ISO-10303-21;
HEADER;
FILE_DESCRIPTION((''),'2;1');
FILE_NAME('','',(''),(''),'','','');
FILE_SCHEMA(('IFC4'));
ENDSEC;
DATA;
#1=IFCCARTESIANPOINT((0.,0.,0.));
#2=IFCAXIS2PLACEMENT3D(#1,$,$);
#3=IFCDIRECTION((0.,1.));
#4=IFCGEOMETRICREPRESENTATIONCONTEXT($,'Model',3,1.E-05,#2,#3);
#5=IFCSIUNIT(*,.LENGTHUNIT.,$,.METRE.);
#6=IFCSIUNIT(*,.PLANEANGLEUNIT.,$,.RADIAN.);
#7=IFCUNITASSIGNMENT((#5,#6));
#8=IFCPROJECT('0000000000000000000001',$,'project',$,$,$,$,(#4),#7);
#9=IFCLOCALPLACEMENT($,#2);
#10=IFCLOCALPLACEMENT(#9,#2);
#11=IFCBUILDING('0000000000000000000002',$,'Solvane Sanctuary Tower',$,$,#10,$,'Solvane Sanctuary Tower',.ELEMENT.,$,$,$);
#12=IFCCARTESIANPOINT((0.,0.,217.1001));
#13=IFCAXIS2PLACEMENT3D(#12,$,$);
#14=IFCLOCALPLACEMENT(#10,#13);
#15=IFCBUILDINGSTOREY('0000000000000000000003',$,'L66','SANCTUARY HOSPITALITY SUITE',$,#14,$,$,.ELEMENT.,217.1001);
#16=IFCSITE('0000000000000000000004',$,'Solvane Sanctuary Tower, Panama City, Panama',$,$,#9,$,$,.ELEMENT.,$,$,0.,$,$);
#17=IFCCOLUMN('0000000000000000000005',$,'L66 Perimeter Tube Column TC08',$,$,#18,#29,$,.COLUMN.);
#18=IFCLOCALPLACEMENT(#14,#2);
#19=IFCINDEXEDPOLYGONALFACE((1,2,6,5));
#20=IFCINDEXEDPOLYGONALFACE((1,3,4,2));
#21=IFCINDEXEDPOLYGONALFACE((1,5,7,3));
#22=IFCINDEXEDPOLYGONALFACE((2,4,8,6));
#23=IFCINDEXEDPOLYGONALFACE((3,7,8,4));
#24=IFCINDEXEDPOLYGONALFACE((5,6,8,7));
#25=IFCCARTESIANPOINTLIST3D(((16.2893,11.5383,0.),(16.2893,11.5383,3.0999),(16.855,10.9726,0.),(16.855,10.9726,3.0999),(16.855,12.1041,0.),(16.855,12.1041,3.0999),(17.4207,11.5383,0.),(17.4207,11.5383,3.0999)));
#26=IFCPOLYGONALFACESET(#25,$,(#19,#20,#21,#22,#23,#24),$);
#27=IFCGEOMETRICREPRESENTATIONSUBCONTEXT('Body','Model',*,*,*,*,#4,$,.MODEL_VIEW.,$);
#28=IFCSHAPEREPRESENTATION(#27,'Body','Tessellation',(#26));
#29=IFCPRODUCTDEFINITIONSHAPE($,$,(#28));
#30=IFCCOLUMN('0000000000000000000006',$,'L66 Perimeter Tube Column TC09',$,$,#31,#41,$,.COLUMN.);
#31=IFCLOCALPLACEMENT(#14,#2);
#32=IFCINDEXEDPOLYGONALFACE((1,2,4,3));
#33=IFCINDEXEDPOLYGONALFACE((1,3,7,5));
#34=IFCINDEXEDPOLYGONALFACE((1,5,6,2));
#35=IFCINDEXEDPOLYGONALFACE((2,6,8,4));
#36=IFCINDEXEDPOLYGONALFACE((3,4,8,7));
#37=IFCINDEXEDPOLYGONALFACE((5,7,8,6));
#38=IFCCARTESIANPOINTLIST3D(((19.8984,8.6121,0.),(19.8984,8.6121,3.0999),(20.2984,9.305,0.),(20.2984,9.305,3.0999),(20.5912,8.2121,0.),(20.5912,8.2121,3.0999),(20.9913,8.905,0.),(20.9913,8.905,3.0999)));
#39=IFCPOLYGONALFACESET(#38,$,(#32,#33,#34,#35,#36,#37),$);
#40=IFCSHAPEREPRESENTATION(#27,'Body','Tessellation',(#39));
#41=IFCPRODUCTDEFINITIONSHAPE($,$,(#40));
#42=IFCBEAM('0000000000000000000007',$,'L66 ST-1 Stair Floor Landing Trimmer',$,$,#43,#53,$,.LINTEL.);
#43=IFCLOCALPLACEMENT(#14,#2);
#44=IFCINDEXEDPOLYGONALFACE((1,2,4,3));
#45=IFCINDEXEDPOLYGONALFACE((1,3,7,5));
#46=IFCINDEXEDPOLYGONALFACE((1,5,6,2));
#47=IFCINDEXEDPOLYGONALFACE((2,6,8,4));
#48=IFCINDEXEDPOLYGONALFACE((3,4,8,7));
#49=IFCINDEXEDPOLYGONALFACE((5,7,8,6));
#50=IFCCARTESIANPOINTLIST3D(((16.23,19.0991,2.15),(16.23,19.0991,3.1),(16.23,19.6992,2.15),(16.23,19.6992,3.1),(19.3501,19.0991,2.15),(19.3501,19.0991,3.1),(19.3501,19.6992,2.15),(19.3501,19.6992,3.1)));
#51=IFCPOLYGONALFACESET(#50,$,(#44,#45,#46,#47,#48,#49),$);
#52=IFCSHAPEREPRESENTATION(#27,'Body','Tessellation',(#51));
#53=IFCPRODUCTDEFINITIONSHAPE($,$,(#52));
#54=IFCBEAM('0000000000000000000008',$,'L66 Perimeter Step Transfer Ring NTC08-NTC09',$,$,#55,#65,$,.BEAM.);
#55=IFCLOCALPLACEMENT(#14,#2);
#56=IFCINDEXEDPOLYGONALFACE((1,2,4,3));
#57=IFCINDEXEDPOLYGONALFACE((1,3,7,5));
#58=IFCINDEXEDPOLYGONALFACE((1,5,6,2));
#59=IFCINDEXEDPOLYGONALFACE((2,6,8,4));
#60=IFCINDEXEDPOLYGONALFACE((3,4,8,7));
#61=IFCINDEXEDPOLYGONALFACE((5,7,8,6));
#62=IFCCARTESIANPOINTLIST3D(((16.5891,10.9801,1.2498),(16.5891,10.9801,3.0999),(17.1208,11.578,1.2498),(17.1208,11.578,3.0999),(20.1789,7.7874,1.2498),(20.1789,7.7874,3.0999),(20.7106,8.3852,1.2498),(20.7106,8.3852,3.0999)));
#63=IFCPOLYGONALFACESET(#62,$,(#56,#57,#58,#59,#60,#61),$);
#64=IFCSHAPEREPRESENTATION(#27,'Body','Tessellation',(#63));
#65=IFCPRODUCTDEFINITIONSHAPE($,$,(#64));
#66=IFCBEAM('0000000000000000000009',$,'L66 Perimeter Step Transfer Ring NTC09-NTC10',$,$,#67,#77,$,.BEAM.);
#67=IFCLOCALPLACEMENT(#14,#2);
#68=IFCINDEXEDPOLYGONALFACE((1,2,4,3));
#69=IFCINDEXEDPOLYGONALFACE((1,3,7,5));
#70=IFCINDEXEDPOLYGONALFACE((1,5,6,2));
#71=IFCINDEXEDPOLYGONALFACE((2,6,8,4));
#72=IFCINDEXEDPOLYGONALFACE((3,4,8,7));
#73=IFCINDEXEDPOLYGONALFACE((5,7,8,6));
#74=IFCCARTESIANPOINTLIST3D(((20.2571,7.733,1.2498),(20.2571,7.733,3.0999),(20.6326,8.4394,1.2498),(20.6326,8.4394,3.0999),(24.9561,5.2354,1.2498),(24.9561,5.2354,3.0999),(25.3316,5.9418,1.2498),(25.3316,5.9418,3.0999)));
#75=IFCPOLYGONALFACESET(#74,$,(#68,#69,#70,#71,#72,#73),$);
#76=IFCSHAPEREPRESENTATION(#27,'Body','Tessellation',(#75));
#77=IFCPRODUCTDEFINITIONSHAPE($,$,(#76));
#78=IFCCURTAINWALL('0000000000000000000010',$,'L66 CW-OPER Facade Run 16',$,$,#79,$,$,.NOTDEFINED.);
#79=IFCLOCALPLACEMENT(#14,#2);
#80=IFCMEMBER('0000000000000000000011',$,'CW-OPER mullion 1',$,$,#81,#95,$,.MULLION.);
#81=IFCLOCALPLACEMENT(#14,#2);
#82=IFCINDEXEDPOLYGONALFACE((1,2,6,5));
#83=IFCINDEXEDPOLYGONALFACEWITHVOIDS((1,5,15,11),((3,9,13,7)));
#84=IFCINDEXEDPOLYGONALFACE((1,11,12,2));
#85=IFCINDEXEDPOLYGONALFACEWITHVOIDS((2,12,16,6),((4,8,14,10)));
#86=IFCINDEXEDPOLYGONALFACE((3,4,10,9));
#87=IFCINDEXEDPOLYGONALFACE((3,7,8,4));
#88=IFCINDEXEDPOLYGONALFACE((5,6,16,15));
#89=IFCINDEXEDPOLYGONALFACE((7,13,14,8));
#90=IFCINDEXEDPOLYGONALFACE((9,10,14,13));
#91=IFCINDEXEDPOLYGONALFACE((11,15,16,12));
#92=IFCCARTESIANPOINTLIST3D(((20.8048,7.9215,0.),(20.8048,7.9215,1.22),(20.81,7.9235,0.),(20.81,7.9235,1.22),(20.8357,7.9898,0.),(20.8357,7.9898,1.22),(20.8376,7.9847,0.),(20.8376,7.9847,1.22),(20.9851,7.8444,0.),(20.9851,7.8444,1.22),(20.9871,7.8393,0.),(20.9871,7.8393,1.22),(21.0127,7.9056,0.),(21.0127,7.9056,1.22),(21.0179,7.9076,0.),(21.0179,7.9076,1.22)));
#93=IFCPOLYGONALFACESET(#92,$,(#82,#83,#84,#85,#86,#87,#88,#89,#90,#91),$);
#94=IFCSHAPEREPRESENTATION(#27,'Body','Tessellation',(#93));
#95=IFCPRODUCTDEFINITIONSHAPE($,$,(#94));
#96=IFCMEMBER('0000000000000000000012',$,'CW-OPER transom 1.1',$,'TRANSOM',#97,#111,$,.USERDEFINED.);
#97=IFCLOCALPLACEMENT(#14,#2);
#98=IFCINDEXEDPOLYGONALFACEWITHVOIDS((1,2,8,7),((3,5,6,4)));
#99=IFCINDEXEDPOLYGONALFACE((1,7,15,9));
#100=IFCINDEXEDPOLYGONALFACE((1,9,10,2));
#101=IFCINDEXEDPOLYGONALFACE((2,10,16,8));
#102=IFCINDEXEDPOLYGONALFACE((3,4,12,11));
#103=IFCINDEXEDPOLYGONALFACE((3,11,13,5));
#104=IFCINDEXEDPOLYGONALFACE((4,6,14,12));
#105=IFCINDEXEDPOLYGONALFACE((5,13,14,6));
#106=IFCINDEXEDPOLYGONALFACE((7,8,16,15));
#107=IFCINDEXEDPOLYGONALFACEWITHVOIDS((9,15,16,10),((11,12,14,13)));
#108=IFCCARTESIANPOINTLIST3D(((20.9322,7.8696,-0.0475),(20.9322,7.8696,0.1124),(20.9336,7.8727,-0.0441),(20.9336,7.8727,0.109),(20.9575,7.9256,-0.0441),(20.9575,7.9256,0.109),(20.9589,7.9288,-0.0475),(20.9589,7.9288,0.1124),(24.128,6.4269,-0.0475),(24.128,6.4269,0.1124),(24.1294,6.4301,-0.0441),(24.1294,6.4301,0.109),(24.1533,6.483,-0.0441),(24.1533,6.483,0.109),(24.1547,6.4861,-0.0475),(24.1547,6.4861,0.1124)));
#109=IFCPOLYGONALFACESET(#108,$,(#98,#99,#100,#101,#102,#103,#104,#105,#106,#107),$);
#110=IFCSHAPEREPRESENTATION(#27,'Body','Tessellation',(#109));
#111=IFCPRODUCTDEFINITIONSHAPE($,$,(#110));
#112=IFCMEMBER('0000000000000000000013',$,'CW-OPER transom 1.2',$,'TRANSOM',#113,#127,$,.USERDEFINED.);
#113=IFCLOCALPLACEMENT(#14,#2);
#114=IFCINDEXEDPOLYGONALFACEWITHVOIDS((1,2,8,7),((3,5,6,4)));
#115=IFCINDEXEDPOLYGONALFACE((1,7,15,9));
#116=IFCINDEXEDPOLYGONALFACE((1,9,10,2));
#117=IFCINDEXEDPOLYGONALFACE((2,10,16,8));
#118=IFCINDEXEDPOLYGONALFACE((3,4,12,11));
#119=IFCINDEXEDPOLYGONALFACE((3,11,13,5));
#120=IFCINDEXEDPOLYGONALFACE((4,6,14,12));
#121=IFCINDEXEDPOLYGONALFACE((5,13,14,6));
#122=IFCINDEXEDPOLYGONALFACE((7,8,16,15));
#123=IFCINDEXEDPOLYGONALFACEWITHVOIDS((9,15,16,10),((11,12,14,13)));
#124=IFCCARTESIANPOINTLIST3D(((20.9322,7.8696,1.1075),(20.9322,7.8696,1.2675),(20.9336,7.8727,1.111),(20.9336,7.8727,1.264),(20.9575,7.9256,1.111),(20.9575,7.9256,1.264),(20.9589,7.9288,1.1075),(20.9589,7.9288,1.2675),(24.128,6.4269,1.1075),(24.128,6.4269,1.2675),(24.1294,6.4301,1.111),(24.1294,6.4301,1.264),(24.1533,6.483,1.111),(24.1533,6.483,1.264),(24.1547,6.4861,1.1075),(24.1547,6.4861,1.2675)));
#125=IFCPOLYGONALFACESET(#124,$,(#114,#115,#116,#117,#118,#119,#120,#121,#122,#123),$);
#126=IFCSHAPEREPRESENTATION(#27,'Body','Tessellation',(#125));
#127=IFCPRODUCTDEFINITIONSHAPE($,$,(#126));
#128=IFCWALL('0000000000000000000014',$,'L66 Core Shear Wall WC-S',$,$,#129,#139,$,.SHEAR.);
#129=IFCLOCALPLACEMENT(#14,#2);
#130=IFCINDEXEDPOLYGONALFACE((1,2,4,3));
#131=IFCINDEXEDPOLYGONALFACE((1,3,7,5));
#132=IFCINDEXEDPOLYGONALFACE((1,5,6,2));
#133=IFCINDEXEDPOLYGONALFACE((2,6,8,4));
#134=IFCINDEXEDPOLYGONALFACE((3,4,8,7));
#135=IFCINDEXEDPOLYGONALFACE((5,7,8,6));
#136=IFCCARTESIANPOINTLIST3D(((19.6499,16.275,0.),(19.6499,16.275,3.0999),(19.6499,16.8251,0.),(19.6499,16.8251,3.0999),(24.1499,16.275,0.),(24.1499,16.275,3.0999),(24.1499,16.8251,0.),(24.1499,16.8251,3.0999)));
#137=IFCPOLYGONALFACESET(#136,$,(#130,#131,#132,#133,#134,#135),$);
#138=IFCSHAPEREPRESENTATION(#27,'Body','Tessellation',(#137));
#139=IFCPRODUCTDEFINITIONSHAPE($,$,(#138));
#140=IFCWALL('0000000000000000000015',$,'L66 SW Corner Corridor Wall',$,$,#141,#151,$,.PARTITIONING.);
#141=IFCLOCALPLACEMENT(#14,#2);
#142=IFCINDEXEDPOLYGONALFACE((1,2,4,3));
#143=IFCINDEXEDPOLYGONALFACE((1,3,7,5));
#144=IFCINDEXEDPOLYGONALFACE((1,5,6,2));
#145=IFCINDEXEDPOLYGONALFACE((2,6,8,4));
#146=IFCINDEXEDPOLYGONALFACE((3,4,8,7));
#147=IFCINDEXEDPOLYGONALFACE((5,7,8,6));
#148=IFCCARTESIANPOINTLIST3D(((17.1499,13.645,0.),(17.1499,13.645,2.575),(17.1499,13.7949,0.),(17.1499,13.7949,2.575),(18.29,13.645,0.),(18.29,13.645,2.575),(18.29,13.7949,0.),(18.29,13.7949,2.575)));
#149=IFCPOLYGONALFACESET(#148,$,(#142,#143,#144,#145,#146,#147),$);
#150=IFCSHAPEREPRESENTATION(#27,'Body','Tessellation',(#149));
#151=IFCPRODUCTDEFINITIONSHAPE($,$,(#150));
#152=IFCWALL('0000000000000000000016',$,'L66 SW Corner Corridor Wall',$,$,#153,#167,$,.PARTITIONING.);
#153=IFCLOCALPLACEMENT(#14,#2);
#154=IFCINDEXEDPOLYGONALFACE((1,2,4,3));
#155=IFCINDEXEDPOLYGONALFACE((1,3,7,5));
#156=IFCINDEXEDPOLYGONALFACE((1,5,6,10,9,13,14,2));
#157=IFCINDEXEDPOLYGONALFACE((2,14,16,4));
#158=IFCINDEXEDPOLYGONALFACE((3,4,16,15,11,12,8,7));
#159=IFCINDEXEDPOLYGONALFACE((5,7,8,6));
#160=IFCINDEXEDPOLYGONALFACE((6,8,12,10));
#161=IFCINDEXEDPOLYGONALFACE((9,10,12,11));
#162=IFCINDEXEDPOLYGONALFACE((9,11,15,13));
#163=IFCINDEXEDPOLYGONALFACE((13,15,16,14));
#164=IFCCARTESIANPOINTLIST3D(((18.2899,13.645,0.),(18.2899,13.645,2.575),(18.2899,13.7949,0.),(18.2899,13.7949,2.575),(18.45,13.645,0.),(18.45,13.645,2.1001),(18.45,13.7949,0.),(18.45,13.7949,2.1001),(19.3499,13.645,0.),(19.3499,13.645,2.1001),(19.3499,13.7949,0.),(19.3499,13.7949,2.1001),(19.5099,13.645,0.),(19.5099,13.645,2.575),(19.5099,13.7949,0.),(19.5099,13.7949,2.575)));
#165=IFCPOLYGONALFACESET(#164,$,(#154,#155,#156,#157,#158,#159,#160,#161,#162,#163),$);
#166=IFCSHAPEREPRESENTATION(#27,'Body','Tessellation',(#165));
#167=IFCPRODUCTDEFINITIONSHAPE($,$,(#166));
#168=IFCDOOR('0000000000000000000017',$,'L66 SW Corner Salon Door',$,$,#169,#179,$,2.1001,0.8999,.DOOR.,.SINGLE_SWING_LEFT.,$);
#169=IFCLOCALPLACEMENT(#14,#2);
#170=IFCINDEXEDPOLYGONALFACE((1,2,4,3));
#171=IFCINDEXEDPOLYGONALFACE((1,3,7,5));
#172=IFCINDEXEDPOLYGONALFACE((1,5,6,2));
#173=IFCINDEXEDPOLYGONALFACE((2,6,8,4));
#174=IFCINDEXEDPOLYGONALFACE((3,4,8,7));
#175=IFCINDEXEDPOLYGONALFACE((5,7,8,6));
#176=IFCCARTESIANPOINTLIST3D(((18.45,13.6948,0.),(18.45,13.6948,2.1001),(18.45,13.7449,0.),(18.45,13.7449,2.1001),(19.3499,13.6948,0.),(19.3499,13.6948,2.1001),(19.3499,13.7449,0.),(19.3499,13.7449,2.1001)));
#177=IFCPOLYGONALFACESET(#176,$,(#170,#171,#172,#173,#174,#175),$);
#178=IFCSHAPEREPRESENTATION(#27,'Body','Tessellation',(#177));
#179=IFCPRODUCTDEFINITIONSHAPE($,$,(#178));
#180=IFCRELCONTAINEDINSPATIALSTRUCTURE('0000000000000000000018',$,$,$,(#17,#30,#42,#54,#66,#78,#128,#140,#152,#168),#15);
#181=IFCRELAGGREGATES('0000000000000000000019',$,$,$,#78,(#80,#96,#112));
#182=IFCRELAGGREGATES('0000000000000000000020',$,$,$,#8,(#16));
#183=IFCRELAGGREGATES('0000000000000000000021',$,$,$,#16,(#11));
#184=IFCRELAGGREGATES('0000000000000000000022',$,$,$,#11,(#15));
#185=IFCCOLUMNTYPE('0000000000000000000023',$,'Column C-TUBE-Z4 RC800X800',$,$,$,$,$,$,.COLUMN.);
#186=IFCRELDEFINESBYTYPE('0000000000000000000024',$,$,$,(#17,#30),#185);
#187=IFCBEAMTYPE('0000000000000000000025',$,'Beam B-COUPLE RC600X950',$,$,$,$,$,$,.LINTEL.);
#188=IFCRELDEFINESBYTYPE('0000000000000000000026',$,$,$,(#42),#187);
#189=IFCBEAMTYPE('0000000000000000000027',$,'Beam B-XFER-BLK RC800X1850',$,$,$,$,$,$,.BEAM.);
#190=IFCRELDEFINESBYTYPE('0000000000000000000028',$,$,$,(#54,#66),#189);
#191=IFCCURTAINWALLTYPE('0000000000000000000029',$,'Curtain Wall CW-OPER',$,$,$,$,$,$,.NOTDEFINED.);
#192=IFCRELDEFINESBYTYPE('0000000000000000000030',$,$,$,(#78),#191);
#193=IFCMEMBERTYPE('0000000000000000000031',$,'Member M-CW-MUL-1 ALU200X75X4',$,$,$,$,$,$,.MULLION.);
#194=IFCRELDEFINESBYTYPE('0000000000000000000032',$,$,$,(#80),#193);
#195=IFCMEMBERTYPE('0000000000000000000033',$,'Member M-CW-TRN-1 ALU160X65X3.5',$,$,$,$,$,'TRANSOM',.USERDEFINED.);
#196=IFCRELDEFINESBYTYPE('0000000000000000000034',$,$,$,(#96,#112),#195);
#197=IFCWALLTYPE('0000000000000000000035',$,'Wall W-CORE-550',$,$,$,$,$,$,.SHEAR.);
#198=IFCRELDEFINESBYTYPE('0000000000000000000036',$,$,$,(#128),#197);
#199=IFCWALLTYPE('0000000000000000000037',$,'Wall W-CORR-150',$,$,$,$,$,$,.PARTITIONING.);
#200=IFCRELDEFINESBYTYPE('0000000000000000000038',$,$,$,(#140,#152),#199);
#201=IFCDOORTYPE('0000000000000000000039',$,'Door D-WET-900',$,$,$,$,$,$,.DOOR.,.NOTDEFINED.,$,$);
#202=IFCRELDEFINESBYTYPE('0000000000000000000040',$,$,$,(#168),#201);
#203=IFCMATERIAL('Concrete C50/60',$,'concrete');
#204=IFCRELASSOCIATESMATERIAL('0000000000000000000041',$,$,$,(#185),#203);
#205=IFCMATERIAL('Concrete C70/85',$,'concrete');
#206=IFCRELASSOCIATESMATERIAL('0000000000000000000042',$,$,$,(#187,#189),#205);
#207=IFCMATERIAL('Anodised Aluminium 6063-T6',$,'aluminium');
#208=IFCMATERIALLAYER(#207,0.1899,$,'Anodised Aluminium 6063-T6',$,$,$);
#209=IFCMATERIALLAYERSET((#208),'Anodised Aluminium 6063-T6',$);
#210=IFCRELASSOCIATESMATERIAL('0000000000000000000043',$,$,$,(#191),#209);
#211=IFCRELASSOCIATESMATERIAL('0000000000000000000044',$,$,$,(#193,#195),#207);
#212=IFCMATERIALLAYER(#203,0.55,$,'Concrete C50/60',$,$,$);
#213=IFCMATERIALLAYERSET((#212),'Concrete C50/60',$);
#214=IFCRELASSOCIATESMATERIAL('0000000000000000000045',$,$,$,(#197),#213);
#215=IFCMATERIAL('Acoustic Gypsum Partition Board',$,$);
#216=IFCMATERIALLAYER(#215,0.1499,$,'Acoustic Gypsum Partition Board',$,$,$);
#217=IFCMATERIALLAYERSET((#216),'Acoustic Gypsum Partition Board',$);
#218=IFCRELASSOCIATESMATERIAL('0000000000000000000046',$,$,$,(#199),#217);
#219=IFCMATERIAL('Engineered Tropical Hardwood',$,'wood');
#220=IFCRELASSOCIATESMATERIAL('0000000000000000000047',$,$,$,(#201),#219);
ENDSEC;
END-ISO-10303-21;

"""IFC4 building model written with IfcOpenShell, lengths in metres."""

from ifc_helpers import new_model, si_unit, direction, frame, frame_2d, origin, origin_2d, place, context, subcontext, project, spatial, rectangle, hollow_rectangle, extrude, material, layer, layer_set, material_profile, profile_set, type_object, element, fill, aggregate, save


model = new_model("IFC4")

# Units and contexts
model_context = context("Model", 3, precision=1e-05, world=origin(), true_north=direction((0.0, 1.0)))
body_context = subcontext(model_context, "Body", "Model", "MODEL_VIEW")
ifc_project = project(units=[si_unit("LENGTHUNIT", "METRE"), si_unit("PLANEANGLEUNIT", "RADIAN")], contexts=[model_context])

# Site, building, storey
site_placement = place(None, origin())
site = spatial("IfcSite", under=ifc_project, at=site_placement, Name="Solvane Sanctuary Tower, Panama City, Panama", CompositionType="ELEMENT", RefElevation=0.0)
building_placement = place(site_placement, origin())
building = spatial("IfcBuilding", under=site, at=building_placement, Name="Solvane Sanctuary Tower", LongName="Solvane Sanctuary Tower", CompositionType="ELEMENT")
storey_placement = place(building_placement, frame((0.0, 0.0, 217.1001)))
storey = spatial("IfcBuildingStorey", under=building, at=storey_placement, Name="L66", Description="SANCTUARY HOSPITALITY SUITE", CompositionType="ELEMENT", Elevation=217.1001)

# Columns
ifc_material_1 = material(Name="Concrete C50/60", Category="concrete")
ifc_material_profile_1 = material_profile(ifc_material_1, rectangle(XDim=0.8, YDim=0.8, at=origin_2d()), Name="RC800X800")
ifc_profile_set_1 = profile_set([ifc_material_profile_1], Name="Concrete C50/60")
column_type = type_object("IfcColumnType", Name="Column C-TUBE-Z4 RC800X800", PredefinedType="COLUMN", material=ifc_profile_set_1)
for number, where, z_axis, x_axis, name in (
    (1, (16.855, 11.5383, 0.0), (0.0, 0.0, 1.0), (-0.707107, -0.707107, 0.0), "L66 Perimeter Tube Column TC08"),
    (2, (20.4448, 8.7585, 0.0), (0.0, 0.0, 1.0), (-0.5, -0.866025, 0.0), "L66 Perimeter Tube Column TC09"),
):
    element("IfcColumn", number, at=place(storey_placement, frame(where, z_axis=z_axis, x_axis=x_axis)), inside=storey, type_object=column_type, Name=name, PredefinedType="COLUMN", context=body_context, shape_type="SweptSolid", body=[
        extrude(rectangle(XDim=0.8, YDim=0.8, at=origin_2d()), origin(), (0.0, 0.0, 1.0), 3.0999),
    ])

# Beams
ifc_material_2 = material(Name="Concrete C70/85", Category="concrete")
ifc_material_profile_2 = material_profile(ifc_material_2, rectangle(XDim=0.6001, YDim=0.95, at=origin_2d()), Name="RC600X950")
ifc_profile_set_2 = profile_set([ifc_material_profile_2], Name="Concrete C70/85")
beam_type_1 = type_object("IfcBeamType", Name="Beam B-COUPLE RC600X950", PredefinedType="LINTEL", material=ifc_profile_set_2)
beam_1_placement = place(storey_placement, frame((16.23, 19.3992, 2.625), z_axis=(1.0, 0.0, 0.0), x_axis=(0.0, 1.0, 0.0)))
element("IfcBeam", 3, at=beam_1_placement, inside=storey, type_object=beam_type_1, Name="L66 ST-1 Stair Floor Landing Trimmer", PredefinedType="LINTEL", context=body_context, shape_type="SweptSolid", body=[
    extrude(rectangle(XDim=0.6001, YDim=0.95, at=origin_2d()), origin(), (0.0, 0.0, 1.0), 3.1201),
])
ifc_material_profile_3 = material_profile(ifc_material_2, rectangle(XDim=0.8, YDim=1.8501, at=origin_2d()), Name="RC800X1850")
ifc_profile_set_3 = profile_set([ifc_material_profile_3], Name="Concrete C70/85")
beam_type_2 = type_object("IfcBeamType", Name="Beam B-XFER-BLK RC800X1850", PredefinedType="BEAM", material=ifc_profile_set_3)
beam_2_placement = place(storey_placement, frame((16.855, 11.2791, 2.1748), z_axis=(0.747213, -0.664585, 0.0), x_axis=(0.664585, 0.747213, 0.0)))
element("IfcBeam", 4, at=beam_2_placement, inside=storey, type_object=beam_type_2, Name="L66 Perimeter Step Transfer Ring NTC08-NTC09", PredefinedType="BEAM", context=body_context, shape_type="SweptSolid", body=[
    extrude(rectangle(XDim=0.8, YDim=1.8501, at=origin_2d()), origin(), (0.0, 0.0, 1.0), 4.8042),
])
beam_3_placement = place(storey_placement, frame((20.4448, 8.0862, 2.1748), z_axis=(0.88302, -0.469335, 0.0), x_axis=(0.469335, 0.88302, 0.0)))
element("IfcBeam", 5, at=beam_3_placement, inside=storey, type_object=beam_type_2, Name="L66 Perimeter Step Transfer Ring NTC09-NTC10", PredefinedType="BEAM", context=body_context, shape_type="SweptSolid", body=[
    extrude(rectangle(XDim=0.8, YDim=1.8501, at=origin_2d()), origin(), (0.0, 0.0, 1.0), 5.3215),
])

# Curtain wall, members
ifc_material_3 = material(Name="Anodised Aluminium 6063-T6", Category="aluminium")
ifc_layer_1 = layer(ifc_material_3, 0.1899, Name="Anodised Aluminium 6063-T6")
ifc_layer_set_1 = layer_set([ifc_layer_1], Name="Anodised Aluminium 6063-T6")
curtain_wall_type = type_object("IfcCurtainWallType", Name="Curtain Wall CW-OPER", PredefinedType="NOTDEFINED", material=ifc_layer_set_1)
curtain_wall_placement = place(storey_placement, origin())
curtain_wall = element("IfcCurtainWall", 6, at=curtain_wall_placement, inside=storey, type_object=curtain_wall_type, Name="L66 CW-OPER Facade Run 16", PredefinedType="NOTDEFINED")
ifc_material_profile_4 = material_profile(ifc_material_3, hollow_rectangle(XDim=0.075, YDim=0.2, WallThickness=0.0039, at=origin_2d()), Name="ALU200X75X4")
ifc_profile_set_4 = profile_set([ifc_material_profile_4], Name="Anodised Aluminium 6063-T6")
member_type_1 = type_object("IfcMemberType", Name="Member M-CW-MUL-1 ALU200X75X4", PredefinedType="MULLION", material=ifc_profile_set_4)
member_1_placement = place(storey_placement, frame((20.9114, 7.9146, 0.0), z_axis=(0.0, 0.0, 1.0), x_axis=(0.411471, 0.911423, 0.0)))
member_1 = element("IfcMember", 7, at=member_1_placement, type_object=member_type_1, Name="CW-OPER mullion 1", PredefinedType="MULLION", context=body_context, shape_type="SweptSolid", body=[
    extrude(hollow_rectangle(XDim=0.075, YDim=0.2, WallThickness=0.0039, at=origin_2d()), origin(), (0.0, 0.0, 1.0), 1.22),
])
ifc_material_profile_5 = material_profile(ifc_material_3, hollow_rectangle(XDim=0.0649, YDim=0.1599, WallThickness=0.0034, at=origin_2d()), Name="ALU160X65X3.5")
ifc_profile_set_5 = profile_set([ifc_material_profile_5], Name="Anodised Aluminium 6063-T6")
member_type_2 = type_object("IfcMemberType", Name="Member M-CW-TRN-1 ALU160X65X3.5", ElementType="TRANSOM", PredefinedType="USERDEFINED", material=ifc_profile_set_5)
member_2_placement = place(storey_placement, frame((20.9456, 7.8992, 0.0325), z_axis=(0.911439, -0.411436, 0.0), x_axis=(0.411436, 0.911439, 0.0)))
member_2 = element("IfcMember", 8, at=member_2_placement, type_object=member_type_2, Name="CW-OPER transom 1.1", ObjectType="TRANSOM", PredefinedType="USERDEFINED", context=body_context, shape_type="SweptSolid", body=[
    extrude(hollow_rectangle(XDim=0.0649, YDim=0.1599, WallThickness=0.0034, at=origin_2d()), origin(), (0.0, 0.0, 1.0), 3.5063),
])
member_3_placement = place(storey_placement, frame((20.9456, 7.8992, 1.1875), z_axis=(0.911439, -0.411436, 0.0), x_axis=(0.411436, 0.911439, 0.0)))
member_3 = element("IfcMember", 9, at=member_3_placement, type_object=member_type_2, Name="CW-OPER transom 1.2", ObjectType="TRANSOM", PredefinedType="USERDEFINED", context=body_context, shape_type="SweptSolid", body=[
    extrude(hollow_rectangle(XDim=0.0649, YDim=0.1599, WallThickness=0.0034, at=origin_2d()), origin(), (0.0, 0.0, 1.0), 3.5063),
])
aggregate(curtain_wall, [member_1, member_2, member_3])

# Walls
ifc_layer_2 = layer(ifc_material_1, 0.55, Name="Concrete C50/60")
ifc_layer_set_2 = layer_set([ifc_layer_2], Name="Concrete C50/60")
wall_type_1 = type_object("IfcWallType", Name="Wall W-CORE-550", PredefinedType="SHEAR", material=ifc_layer_set_2)
wall_1_placement = place(storey_placement, frame((19.6499, 16.55, 0.0), z_axis=(0.0, 0.0, 1.0), x_axis=(1.0, 0.0, 0.0)))
element("IfcWall", 10, at=wall_1_placement, inside=storey, type_object=wall_type_1, Name="L66 Core Shear Wall WC-S", PredefinedType="SHEAR", context=body_context, shape_type="SweptSolid", body=[
    extrude(rectangle(XDim=4.5, YDim=0.55, at=frame_2d((2.25, 0.0))), origin(), (0.0, 0.0, 1.0), 3.0999),
])
ifc_material_4 = material(Name="Acoustic Gypsum Partition Board")
ifc_layer_3 = layer(ifc_material_4, 0.1499, Name="Acoustic Gypsum Partition Board")
ifc_layer_set_3 = layer_set([ifc_layer_3], Name="Acoustic Gypsum Partition Board")
wall_type_2 = type_object("IfcWallType", Name="Wall W-CORR-150", PredefinedType="PARTITIONING", material=ifc_layer_set_3)
wall_2_placement = place(storey_placement, frame((17.1499, 13.72, 0.0), z_axis=(0.0, 0.0, 1.0), x_axis=(1.0, 0.0, 0.0)))
element("IfcWall", 11, at=wall_2_placement, inside=storey, type_object=wall_type_2, Name="L66 SW Corner Corridor Wall", PredefinedType="PARTITIONING", context=body_context, shape_type="SweptSolid", body=[
    extrude(rectangle(XDim=1.1401, YDim=0.1499, at=frame_2d((0.5701, 0.0))), origin(), (0.0, 0.0, 1.0), 2.575),
])

# Wall, opening, door
wall_3_placement = place(storey_placement, frame((18.29, 13.72, 0.0), z_axis=(0.0, 0.0, 1.0), x_axis=(1.0, 0.0, 0.0)))
wall_3 = element("IfcWall", 12, at=wall_3_placement, inside=storey, type_object=wall_type_2, Name="L66 SW Corner Corridor Wall", PredefinedType="PARTITIONING", context=body_context, shape_type="SweptSolid", body=[
    extrude(rectangle(XDim=1.22, YDim=0.1499, at=frame_2d((0.6099, 0.0))), origin(), (0.0, 0.0, 1.0), 2.575),
])
opening_1_placement = place(wall_3_placement, frame((0.1599, 0.0, 0.0)))
opening_1 = element("IfcOpeningElement", 13, at=opening_1_placement, cuts=wall_3, PredefinedType="OPENING", context=body_context, shape_type="SweptSolid", body=[
    extrude(rectangle(XDim=0.8999, YDim=2.1001, at=frame_2d((0.45, 1.05))), frame((0.0, 0.085, 0.0), z_axis=(0.0, -1.0, 0.0), x_axis=(1.0, 0.0, 0.0)), (0.0, 0.0, 1.0), 0.1699),
])
ifc_material_5 = material(Name="Engineered Tropical Hardwood", Category="wood")
door_type_1 = type_object("IfcDoorType", Name="Door D-WET-900", OperationType="NOTDEFINED", PredefinedType="DOOR", material=ifc_material_5)
door_1_placement = place(opening_1_placement, origin())
door_1 = element("IfcDoor", 14, at=door_1_placement, inside=storey, type_object=door_type_1, Name="L66 SW Corner Salon Door", OperationType="SINGLE_SWING_LEFT", OverallHeight=2.1001, OverallWidth=0.8999, PredefinedType="DOOR", context=body_context, shape_type="SweptSolid", body=[
    extrude(rectangle(XDim=0.8999, YDim=2.1001, at=frame_2d((0.45, 1.05))), frame((0.0, 0.0249, 0.0), z_axis=(0.0, -1.0, 0.0), x_axis=(1.0, 0.0, 0.0)), (0.0, 0.0, 1.0), 0.05),
])
fill(opening_1, door_1)

save(model, "model.ifc")
